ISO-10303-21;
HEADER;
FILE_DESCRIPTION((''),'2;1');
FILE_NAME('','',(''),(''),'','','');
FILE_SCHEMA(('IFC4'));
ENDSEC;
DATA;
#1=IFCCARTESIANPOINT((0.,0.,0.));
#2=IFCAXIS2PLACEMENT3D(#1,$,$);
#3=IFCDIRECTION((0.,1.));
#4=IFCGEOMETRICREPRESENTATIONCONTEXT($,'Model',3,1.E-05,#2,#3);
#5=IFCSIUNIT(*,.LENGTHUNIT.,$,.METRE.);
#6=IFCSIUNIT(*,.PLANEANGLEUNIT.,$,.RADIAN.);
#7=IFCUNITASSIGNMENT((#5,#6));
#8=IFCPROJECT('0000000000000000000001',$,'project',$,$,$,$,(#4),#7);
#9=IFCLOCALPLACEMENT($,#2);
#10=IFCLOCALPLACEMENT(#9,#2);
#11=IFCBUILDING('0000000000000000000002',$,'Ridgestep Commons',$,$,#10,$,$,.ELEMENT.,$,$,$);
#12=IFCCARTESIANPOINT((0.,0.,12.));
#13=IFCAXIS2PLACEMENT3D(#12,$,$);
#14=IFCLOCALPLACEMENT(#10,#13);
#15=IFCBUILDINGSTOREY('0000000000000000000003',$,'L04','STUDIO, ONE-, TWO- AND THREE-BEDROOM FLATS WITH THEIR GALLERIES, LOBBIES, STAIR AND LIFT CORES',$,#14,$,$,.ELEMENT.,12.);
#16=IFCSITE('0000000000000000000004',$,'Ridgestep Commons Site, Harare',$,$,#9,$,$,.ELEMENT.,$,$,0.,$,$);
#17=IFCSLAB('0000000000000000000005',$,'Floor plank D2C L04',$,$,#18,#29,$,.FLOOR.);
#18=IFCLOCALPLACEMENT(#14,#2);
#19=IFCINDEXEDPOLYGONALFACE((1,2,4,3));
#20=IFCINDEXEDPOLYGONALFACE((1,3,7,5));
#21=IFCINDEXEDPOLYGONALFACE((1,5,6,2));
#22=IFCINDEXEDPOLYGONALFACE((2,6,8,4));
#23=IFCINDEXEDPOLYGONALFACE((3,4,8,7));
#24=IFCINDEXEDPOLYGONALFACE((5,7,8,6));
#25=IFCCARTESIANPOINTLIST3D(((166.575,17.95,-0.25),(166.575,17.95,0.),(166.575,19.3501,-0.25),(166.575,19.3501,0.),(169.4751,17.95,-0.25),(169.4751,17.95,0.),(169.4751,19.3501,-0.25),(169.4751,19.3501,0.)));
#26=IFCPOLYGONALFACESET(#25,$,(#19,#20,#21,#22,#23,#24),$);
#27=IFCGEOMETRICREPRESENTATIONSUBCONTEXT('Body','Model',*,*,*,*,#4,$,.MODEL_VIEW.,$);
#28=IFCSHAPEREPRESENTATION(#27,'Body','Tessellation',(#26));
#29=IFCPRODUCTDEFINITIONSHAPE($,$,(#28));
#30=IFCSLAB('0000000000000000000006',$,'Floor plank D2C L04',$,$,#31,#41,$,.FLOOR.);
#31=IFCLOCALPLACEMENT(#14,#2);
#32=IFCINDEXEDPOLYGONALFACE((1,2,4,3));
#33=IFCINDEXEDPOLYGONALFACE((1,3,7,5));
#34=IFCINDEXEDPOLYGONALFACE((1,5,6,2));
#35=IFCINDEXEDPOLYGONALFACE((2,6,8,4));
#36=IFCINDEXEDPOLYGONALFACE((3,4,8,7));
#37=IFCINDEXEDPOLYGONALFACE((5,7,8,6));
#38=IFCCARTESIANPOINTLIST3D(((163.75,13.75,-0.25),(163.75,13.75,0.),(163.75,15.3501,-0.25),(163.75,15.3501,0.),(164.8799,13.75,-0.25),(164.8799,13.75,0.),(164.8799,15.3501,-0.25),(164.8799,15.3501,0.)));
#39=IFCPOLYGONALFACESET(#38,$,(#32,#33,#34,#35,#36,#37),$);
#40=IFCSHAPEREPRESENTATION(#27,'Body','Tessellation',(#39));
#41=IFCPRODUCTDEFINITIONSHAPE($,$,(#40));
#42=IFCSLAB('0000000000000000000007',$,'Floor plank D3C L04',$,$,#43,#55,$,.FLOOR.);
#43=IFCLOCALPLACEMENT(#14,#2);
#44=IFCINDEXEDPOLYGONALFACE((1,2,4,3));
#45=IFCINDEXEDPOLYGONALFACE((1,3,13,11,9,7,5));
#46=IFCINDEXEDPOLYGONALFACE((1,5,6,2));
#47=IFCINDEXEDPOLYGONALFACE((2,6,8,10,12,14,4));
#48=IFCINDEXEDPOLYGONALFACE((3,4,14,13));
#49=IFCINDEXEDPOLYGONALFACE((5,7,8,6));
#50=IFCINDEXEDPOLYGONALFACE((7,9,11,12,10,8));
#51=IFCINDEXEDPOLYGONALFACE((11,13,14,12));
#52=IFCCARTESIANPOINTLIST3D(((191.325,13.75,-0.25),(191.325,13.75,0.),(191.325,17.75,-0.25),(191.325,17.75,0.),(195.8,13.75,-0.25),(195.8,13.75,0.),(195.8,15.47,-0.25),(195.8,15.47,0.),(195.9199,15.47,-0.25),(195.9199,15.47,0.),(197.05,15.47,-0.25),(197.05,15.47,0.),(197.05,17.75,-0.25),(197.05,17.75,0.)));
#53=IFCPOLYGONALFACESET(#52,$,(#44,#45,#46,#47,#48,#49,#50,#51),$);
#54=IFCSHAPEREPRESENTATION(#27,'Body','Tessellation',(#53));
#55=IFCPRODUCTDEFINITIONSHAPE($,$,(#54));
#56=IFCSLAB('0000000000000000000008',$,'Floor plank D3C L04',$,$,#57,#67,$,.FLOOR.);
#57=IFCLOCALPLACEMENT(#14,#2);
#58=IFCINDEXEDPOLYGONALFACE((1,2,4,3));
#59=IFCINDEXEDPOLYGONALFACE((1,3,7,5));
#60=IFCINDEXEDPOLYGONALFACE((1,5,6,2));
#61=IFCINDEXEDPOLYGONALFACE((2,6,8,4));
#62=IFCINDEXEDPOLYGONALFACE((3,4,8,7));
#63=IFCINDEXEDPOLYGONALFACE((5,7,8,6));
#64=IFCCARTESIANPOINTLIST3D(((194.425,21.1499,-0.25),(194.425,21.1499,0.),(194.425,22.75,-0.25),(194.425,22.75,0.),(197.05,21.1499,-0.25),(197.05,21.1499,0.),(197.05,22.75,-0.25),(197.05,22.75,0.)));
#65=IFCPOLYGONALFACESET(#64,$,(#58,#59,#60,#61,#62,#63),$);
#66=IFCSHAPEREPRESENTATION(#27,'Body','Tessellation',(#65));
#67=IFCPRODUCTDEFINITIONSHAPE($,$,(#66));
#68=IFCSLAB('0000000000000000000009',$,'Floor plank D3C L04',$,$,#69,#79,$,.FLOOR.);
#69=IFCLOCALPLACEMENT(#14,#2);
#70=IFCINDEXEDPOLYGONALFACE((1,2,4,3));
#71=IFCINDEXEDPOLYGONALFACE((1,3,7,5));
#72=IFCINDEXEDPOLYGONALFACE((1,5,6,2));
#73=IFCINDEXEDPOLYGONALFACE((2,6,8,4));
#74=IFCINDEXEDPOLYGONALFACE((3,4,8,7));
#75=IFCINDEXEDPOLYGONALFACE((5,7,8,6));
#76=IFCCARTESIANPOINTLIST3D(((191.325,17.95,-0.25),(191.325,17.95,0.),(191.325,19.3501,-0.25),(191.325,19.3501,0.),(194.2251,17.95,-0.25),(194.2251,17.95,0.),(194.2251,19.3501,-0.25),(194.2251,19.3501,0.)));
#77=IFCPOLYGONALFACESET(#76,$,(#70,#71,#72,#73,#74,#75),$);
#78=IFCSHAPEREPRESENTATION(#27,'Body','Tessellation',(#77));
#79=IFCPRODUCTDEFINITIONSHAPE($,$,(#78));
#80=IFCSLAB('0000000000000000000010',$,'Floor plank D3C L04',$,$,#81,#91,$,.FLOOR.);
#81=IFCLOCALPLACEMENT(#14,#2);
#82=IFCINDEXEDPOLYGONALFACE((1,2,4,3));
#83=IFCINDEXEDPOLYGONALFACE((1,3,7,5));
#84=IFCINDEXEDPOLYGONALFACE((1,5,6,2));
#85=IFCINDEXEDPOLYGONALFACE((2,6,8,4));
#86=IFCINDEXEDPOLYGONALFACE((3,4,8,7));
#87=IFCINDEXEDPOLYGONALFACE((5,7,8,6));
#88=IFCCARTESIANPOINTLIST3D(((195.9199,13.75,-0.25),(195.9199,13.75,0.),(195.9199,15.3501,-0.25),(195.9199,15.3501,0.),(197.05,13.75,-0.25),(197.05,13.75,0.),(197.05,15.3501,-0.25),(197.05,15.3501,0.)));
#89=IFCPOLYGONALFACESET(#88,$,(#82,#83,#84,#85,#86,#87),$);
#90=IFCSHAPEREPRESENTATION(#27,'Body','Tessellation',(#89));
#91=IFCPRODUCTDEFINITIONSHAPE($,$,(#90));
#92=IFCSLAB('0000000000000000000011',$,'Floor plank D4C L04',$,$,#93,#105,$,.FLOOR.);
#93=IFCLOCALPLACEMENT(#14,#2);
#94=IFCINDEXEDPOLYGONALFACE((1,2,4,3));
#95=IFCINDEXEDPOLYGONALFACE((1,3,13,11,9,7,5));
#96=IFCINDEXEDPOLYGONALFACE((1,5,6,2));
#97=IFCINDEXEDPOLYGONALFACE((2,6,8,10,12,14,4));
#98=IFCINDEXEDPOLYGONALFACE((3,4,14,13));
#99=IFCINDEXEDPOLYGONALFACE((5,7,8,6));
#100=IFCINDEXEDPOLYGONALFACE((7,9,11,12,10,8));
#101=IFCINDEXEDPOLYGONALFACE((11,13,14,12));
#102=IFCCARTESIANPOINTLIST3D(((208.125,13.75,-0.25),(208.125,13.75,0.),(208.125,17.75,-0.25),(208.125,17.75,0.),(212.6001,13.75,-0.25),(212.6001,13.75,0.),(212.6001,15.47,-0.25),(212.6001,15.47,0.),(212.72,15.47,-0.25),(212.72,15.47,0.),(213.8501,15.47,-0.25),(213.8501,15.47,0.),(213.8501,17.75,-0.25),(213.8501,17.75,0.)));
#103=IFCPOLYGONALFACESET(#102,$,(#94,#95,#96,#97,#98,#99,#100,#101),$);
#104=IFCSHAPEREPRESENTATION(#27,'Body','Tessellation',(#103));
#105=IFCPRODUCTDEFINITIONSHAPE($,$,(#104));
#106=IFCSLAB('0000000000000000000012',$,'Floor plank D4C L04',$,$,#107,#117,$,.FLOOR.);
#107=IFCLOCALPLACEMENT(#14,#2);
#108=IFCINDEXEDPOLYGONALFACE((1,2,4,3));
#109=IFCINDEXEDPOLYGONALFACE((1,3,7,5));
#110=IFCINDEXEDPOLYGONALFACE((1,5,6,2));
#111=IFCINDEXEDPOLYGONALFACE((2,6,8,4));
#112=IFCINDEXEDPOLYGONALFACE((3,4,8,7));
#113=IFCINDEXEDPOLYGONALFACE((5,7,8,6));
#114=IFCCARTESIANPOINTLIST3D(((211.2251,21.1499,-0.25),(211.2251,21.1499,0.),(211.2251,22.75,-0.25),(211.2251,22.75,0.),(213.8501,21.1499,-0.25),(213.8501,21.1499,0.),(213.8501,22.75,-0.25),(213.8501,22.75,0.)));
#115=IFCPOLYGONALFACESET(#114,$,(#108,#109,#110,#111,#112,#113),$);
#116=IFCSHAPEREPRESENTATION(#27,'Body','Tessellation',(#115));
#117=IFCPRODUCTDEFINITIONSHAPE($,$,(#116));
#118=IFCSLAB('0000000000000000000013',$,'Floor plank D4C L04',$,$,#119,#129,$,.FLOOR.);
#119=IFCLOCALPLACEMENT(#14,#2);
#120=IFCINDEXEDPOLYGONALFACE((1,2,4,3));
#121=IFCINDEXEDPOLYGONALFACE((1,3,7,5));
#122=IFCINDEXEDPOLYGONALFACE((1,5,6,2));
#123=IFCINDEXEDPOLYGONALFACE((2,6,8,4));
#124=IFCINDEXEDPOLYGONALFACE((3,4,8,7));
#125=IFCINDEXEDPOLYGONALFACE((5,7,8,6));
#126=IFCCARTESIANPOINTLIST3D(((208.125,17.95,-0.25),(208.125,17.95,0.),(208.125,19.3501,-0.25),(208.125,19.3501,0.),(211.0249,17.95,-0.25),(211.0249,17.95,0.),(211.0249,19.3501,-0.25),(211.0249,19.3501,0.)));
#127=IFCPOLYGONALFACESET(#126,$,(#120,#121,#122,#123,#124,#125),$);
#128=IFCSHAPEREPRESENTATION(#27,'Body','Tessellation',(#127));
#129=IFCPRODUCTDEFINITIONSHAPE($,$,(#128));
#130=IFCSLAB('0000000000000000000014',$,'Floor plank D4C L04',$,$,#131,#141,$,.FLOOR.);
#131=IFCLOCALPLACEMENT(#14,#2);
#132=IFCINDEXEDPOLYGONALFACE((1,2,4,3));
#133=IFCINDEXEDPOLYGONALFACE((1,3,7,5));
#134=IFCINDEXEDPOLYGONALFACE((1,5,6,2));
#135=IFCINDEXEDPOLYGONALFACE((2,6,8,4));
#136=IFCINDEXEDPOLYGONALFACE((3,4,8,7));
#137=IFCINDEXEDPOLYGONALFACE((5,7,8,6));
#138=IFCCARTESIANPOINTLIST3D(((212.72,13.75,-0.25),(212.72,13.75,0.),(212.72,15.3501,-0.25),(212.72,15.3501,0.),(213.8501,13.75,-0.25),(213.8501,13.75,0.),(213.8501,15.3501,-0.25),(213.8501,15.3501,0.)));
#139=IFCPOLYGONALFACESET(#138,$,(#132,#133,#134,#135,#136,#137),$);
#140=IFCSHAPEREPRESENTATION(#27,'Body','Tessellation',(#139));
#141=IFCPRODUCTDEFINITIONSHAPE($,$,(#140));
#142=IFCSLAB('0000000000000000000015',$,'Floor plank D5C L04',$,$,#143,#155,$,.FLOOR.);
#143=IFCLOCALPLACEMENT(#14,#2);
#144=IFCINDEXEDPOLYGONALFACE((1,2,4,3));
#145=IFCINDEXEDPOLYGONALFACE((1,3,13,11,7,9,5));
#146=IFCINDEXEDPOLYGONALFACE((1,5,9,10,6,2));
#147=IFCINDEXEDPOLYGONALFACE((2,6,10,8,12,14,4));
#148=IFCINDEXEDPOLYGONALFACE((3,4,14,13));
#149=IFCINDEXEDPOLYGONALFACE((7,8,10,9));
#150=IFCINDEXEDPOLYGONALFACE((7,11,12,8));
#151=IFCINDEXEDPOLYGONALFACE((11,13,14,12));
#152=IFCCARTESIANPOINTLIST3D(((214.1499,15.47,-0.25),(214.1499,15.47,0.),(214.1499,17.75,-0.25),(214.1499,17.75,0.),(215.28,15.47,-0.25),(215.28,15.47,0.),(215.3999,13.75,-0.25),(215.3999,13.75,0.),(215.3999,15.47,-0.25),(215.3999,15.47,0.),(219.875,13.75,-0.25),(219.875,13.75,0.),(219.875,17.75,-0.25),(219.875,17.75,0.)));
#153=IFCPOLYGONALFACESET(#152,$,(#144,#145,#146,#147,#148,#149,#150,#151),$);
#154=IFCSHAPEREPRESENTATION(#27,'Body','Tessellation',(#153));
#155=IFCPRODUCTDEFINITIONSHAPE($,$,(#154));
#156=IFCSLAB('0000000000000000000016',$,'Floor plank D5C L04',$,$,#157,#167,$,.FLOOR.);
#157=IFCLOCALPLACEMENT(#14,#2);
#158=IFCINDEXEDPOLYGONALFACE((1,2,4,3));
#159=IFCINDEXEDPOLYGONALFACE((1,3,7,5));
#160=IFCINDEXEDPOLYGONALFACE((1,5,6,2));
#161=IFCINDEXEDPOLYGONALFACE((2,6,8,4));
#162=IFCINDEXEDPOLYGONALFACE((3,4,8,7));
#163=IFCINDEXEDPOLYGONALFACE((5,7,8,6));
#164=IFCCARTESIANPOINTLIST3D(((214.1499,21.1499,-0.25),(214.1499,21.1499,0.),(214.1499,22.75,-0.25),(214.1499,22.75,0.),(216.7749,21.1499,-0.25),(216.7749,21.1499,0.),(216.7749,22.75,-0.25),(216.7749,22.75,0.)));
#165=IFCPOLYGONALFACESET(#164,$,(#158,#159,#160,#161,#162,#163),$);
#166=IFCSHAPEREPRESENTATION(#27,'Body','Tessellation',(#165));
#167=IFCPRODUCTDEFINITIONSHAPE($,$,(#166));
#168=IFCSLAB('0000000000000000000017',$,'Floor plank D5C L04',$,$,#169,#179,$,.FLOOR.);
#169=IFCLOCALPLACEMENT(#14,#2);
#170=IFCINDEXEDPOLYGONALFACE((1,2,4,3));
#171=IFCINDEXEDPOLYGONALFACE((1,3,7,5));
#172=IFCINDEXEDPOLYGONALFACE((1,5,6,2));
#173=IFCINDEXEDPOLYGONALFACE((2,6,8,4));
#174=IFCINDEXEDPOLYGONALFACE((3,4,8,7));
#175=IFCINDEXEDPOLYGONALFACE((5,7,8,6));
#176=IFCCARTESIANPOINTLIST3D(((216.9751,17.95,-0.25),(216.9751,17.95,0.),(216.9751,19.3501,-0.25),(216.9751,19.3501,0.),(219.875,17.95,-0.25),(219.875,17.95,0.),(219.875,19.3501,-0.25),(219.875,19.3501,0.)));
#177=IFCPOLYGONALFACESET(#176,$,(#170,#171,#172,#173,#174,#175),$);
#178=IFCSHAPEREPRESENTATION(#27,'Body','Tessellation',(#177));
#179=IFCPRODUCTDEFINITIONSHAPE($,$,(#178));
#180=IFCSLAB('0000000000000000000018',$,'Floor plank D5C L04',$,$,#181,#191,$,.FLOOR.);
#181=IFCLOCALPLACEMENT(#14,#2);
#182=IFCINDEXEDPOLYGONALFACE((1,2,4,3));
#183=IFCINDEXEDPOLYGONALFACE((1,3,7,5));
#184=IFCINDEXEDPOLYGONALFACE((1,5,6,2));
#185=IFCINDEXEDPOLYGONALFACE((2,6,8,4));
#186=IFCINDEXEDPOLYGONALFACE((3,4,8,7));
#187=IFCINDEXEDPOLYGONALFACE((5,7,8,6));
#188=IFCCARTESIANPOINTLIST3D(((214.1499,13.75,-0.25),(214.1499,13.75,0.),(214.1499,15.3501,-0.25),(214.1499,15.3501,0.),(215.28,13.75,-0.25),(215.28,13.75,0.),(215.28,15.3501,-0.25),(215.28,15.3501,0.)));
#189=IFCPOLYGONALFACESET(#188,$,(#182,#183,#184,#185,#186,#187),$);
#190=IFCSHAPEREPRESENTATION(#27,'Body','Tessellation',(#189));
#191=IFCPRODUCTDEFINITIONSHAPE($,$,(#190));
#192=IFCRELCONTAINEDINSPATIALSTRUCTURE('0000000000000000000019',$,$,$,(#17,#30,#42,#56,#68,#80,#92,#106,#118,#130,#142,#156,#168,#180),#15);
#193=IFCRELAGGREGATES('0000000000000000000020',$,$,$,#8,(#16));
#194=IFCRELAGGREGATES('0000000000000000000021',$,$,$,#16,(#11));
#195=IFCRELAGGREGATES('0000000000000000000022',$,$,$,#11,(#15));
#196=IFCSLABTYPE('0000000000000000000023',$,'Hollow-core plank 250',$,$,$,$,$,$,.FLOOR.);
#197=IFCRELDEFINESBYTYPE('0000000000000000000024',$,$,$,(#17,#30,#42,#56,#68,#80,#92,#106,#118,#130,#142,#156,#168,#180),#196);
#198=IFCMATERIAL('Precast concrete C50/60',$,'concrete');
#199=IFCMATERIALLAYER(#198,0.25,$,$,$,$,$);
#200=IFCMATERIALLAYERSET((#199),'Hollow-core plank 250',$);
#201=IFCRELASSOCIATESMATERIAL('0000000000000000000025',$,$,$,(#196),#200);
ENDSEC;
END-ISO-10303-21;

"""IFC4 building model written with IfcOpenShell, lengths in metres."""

from ifc_helpers import new_model, si_unit, direction, frame, origin, place, context, subcontext, project, spatial, polyline, outline, extrude, material, layer, layer_set, type_object, element, save


model = new_model("IFC4")

# Units and contexts
model_context = context("Model", 3, precision=1e-05, world=origin(), true_north=direction((0.0, 1.0)))
body_context = subcontext(model_context, "Body", "Model", "MODEL_VIEW")
ifc_project = project(units=[si_unit("LENGTHUNIT", "METRE"), si_unit("PLANEANGLEUNIT", "RADIAN")], contexts=[model_context])

# Site, building, storey
site_placement = place(None, origin())
site = spatial("IfcSite", under=ifc_project, at=site_placement, Name="Ridgestep Commons Site, Harare", CompositionType="ELEMENT", RefElevation=0.0)
building_placement = place(site_placement, origin())
building = spatial("IfcBuilding", under=site, at=building_placement, Name="Ridgestep Commons", CompositionType="ELEMENT")
storey_placement = place(building_placement, frame((0.0, 0.0, 12.0)))
storey = spatial("IfcBuildingStorey", under=building, at=storey_placement, Name="L04", Description="STUDIO, ONE-, TWO- AND THREE-BEDROOM FLATS WITH THEIR GALLERIES, LOBBIES, STAIR AND LIFT CORES", CompositionType="ELEMENT", Elevation=12.0)

# Slabs
ifc_material = material(Name="Precast concrete C50/60", Category="concrete")
ifc_layer = layer(ifc_material, 0.25)
ifc_layer_set = layer_set([ifc_layer], Name="Hollow-core plank 250")
slab_type = type_object("IfcSlabType", Name="Hollow-core plank 250", PredefinedType="FLOOR", material=ifc_layer_set)
slab_1_placement = place(storey_placement, frame((0.0, 0.0, -0.25)))
element("IfcSlab", 1, at=slab_1_placement, inside=storey, type_object=slab_type, Name="Floor plank D2C L04", PredefinedType="FLOOR", context=body_context, shape_type="SweptSolid", body=[
    extrude(outline(polyline([(169.4751, 17.95), (169.4751, 19.3501), (166.575, 19.3501), (166.575, 17.95), (169.4751, 17.95)])), origin(), (0.0, 0.0, 1.0), 0.25),
])
slab_2_placement = place(storey_placement, frame((0.0, 0.0, -0.25)))
element("IfcSlab", 2, at=slab_2_placement, inside=storey, type_object=slab_type, Name="Floor plank D2C L04", PredefinedType="FLOOR", context=body_context, shape_type="SweptSolid", body=[
    extrude(outline(polyline([(164.8799, 15.3501), (163.75, 15.3501), (163.75, 13.75), (164.8799, 13.75), (164.8799, 15.3501)])), origin(), (0.0, 0.0, 1.0), 0.25),
])
slab_3_placement = place(storey_placement, frame((0.0, 0.0, -0.25)))
element("IfcSlab", 3, at=slab_3_placement, inside=storey, type_object=slab_type, Name="Floor plank D3C L04", PredefinedType="FLOOR", context=body_context, shape_type="SweptSolid", body=[
    extrude(outline(polyline([(195.9199, 15.47), (197.05, 15.47), (197.05, 17.75), (191.325, 17.75), (191.325, 13.75), (195.8, 13.75), (195.8, 15.47), (195.9199, 15.47)])), origin(), (0.0, 0.0, 1.0), 0.25),
])
slab_4_placement = place(storey_placement, frame((0.0, 0.0, -0.25)))
element("IfcSlab", 4, at=slab_4_placement, inside=storey, type_object=slab_type, Name="Floor plank D3C L04", PredefinedType="FLOOR", context=body_context, shape_type="SweptSolid", body=[
    extrude(outline(polyline([(197.05, 21.1499), (197.05, 22.75), (194.425, 22.75), (194.425, 21.1499), (197.05, 21.1499)])), origin(), (0.0, 0.0, 1.0), 0.25),
])
slab_5_placement = place(storey_placement, frame((0.0, 0.0, -0.25)))
element("IfcSlab", 5, at=slab_5_placement, inside=storey, type_object=slab_type, Name="Floor plank D3C L04", PredefinedType="FLOOR", context=body_context, shape_type="SweptSolid", body=[
    extrude(outline(polyline([(194.2251, 17.95), (194.2251, 19.3501), (191.325, 19.3501), (191.325, 17.95), (194.2251, 17.95)])), origin(), (0.0, 0.0, 1.0), 0.25),
])
slab_6_placement = place(storey_placement, frame((0.0, 0.0, -0.25)))
element("IfcSlab", 6, at=slab_6_placement, inside=storey, type_object=slab_type, Name="Floor plank D3C L04", PredefinedType="FLOOR", context=body_context, shape_type="SweptSolid", body=[
    extrude(outline(polyline([(195.9199, 13.75), (197.05, 13.75), (197.05, 15.3501), (195.9199, 15.3501), (195.9199, 13.75)])), origin(), (0.0, 0.0, 1.0), 0.25),
])
slab_7_placement = place(storey_placement, frame((0.0, 0.0, -0.25)))
element("IfcSlab", 7, at=slab_7_placement, inside=storey, type_object=slab_type, Name="Floor plank D4C L04", PredefinedType="FLOOR", context=body_context, shape_type="SweptSolid", body=[
    extrude(outline(polyline([(212.72, 15.47), (213.8501, 15.47), (213.8501, 17.75), (208.125, 17.75), (208.125, 13.75), (212.6001, 13.75), (212.6001, 15.47), (212.72, 15.47)])), origin(), (0.0, 0.0, 1.0), 0.25),
])
slab_8_placement = place(storey_placement, frame((0.0, 0.0, -0.25)))
element("IfcSlab", 8, at=slab_8_placement, inside=storey, type_object=slab_type, Name="Floor plank D4C L04", PredefinedType="FLOOR", context=body_context, shape_type="SweptSolid", body=[
    extrude(outline(polyline([(213.8501, 21.1499), (213.8501, 22.75), (211.2251, 22.75), (211.2251, 21.1499), (213.8501, 21.1499)])), origin(), (0.0, 0.0, 1.0), 0.25),
])
slab_9_placement = place(storey_placement, frame((0.0, 0.0, -0.25)))
element("IfcSlab", 9, at=slab_9_placement, inside=storey, type_object=slab_type, Name="Floor plank D4C L04", PredefinedType="FLOOR", context=body_context, shape_type="SweptSolid", body=[
    extrude(outline(polyline([(211.0249, 17.95), (211.0249, 19.3501), (208.125, 19.3501), (208.125, 17.95), (211.0249, 17.95)])), origin(), (0.0, 0.0, 1.0), 0.25),
])
slab_10_placement = place(storey_placement, frame((0.0, 0.0, -0.25)))
element("IfcSlab", 10, at=slab_10_placement, inside=storey, type_object=slab_type, Name="Floor plank D4C L04", PredefinedType="FLOOR", context=body_context, shape_type="SweptSolid", body=[
    extrude(outline(polyline([(212.72, 13.75), (213.8501, 13.75), (213.8501, 15.3501), (212.72, 15.3501), (212.72, 13.75)])), origin(), (0.0, 0.0, 1.0), 0.25),
])
slab_11_placement = place(storey_placement, frame((0.0, 0.0, -0.25)))
element("IfcSlab", 11, at=slab_11_placement, inside=storey, type_object=slab_type, Name="Floor plank D5C L04", PredefinedType="FLOOR", context=body_context, shape_type="SweptSolid", body=[
    extrude(outline(polyline([(215.3999, 13.75), (219.875, 13.75), (219.875, 17.75), (214.1499, 17.75), (214.1499, 15.47), (215.28, 15.47), (215.3999, 15.47), (215.3999, 13.75)])), origin(), (0.0, 0.0, 1.0), 0.25),
])
slab_12_placement = place(storey_placement, frame((0.0, 0.0, -0.25)))
element("IfcSlab", 12, at=slab_12_placement, inside=storey, type_object=slab_type, Name="Floor plank D5C L04", PredefinedType="FLOOR", context=body_context, shape_type="SweptSolid", body=[
    extrude(outline(polyline([(216.7749, 22.75), (214.1499, 22.75), (214.1499, 21.1499), (216.7749, 21.1499), (216.7749, 22.75)])), origin(), (0.0, 0.0, 1.0), 0.25),
])
slab_13_placement = place(storey_placement, frame((0.0, 0.0, -0.25)))
element("IfcSlab", 13, at=slab_13_placement, inside=storey, type_object=slab_type, Name="Floor plank D5C L04", PredefinedType="FLOOR", context=body_context, shape_type="SweptSolid", body=[
    extrude(outline(polyline([(219.875, 17.95), (219.875, 19.3501), (216.9751, 19.3501), (216.9751, 17.95), (219.875, 17.95)])), origin(), (0.0, 0.0, 1.0), 0.25),
])
slab_14_placement = place(storey_placement, frame((0.0, 0.0, -0.25)))
element("IfcSlab", 14, at=slab_14_placement, inside=storey, type_object=slab_type, Name="Floor plank D5C L04", PredefinedType="FLOOR", context=body_context, shape_type="SweptSolid", body=[
    extrude(outline(polyline([(215.28, 15.3501), (214.1499, 15.3501), (214.1499, 13.75), (215.28, 13.75), (215.28, 15.3501)])), origin(), (0.0, 0.0, 1.0), 0.25),
])

save(model, "model.ifc")
